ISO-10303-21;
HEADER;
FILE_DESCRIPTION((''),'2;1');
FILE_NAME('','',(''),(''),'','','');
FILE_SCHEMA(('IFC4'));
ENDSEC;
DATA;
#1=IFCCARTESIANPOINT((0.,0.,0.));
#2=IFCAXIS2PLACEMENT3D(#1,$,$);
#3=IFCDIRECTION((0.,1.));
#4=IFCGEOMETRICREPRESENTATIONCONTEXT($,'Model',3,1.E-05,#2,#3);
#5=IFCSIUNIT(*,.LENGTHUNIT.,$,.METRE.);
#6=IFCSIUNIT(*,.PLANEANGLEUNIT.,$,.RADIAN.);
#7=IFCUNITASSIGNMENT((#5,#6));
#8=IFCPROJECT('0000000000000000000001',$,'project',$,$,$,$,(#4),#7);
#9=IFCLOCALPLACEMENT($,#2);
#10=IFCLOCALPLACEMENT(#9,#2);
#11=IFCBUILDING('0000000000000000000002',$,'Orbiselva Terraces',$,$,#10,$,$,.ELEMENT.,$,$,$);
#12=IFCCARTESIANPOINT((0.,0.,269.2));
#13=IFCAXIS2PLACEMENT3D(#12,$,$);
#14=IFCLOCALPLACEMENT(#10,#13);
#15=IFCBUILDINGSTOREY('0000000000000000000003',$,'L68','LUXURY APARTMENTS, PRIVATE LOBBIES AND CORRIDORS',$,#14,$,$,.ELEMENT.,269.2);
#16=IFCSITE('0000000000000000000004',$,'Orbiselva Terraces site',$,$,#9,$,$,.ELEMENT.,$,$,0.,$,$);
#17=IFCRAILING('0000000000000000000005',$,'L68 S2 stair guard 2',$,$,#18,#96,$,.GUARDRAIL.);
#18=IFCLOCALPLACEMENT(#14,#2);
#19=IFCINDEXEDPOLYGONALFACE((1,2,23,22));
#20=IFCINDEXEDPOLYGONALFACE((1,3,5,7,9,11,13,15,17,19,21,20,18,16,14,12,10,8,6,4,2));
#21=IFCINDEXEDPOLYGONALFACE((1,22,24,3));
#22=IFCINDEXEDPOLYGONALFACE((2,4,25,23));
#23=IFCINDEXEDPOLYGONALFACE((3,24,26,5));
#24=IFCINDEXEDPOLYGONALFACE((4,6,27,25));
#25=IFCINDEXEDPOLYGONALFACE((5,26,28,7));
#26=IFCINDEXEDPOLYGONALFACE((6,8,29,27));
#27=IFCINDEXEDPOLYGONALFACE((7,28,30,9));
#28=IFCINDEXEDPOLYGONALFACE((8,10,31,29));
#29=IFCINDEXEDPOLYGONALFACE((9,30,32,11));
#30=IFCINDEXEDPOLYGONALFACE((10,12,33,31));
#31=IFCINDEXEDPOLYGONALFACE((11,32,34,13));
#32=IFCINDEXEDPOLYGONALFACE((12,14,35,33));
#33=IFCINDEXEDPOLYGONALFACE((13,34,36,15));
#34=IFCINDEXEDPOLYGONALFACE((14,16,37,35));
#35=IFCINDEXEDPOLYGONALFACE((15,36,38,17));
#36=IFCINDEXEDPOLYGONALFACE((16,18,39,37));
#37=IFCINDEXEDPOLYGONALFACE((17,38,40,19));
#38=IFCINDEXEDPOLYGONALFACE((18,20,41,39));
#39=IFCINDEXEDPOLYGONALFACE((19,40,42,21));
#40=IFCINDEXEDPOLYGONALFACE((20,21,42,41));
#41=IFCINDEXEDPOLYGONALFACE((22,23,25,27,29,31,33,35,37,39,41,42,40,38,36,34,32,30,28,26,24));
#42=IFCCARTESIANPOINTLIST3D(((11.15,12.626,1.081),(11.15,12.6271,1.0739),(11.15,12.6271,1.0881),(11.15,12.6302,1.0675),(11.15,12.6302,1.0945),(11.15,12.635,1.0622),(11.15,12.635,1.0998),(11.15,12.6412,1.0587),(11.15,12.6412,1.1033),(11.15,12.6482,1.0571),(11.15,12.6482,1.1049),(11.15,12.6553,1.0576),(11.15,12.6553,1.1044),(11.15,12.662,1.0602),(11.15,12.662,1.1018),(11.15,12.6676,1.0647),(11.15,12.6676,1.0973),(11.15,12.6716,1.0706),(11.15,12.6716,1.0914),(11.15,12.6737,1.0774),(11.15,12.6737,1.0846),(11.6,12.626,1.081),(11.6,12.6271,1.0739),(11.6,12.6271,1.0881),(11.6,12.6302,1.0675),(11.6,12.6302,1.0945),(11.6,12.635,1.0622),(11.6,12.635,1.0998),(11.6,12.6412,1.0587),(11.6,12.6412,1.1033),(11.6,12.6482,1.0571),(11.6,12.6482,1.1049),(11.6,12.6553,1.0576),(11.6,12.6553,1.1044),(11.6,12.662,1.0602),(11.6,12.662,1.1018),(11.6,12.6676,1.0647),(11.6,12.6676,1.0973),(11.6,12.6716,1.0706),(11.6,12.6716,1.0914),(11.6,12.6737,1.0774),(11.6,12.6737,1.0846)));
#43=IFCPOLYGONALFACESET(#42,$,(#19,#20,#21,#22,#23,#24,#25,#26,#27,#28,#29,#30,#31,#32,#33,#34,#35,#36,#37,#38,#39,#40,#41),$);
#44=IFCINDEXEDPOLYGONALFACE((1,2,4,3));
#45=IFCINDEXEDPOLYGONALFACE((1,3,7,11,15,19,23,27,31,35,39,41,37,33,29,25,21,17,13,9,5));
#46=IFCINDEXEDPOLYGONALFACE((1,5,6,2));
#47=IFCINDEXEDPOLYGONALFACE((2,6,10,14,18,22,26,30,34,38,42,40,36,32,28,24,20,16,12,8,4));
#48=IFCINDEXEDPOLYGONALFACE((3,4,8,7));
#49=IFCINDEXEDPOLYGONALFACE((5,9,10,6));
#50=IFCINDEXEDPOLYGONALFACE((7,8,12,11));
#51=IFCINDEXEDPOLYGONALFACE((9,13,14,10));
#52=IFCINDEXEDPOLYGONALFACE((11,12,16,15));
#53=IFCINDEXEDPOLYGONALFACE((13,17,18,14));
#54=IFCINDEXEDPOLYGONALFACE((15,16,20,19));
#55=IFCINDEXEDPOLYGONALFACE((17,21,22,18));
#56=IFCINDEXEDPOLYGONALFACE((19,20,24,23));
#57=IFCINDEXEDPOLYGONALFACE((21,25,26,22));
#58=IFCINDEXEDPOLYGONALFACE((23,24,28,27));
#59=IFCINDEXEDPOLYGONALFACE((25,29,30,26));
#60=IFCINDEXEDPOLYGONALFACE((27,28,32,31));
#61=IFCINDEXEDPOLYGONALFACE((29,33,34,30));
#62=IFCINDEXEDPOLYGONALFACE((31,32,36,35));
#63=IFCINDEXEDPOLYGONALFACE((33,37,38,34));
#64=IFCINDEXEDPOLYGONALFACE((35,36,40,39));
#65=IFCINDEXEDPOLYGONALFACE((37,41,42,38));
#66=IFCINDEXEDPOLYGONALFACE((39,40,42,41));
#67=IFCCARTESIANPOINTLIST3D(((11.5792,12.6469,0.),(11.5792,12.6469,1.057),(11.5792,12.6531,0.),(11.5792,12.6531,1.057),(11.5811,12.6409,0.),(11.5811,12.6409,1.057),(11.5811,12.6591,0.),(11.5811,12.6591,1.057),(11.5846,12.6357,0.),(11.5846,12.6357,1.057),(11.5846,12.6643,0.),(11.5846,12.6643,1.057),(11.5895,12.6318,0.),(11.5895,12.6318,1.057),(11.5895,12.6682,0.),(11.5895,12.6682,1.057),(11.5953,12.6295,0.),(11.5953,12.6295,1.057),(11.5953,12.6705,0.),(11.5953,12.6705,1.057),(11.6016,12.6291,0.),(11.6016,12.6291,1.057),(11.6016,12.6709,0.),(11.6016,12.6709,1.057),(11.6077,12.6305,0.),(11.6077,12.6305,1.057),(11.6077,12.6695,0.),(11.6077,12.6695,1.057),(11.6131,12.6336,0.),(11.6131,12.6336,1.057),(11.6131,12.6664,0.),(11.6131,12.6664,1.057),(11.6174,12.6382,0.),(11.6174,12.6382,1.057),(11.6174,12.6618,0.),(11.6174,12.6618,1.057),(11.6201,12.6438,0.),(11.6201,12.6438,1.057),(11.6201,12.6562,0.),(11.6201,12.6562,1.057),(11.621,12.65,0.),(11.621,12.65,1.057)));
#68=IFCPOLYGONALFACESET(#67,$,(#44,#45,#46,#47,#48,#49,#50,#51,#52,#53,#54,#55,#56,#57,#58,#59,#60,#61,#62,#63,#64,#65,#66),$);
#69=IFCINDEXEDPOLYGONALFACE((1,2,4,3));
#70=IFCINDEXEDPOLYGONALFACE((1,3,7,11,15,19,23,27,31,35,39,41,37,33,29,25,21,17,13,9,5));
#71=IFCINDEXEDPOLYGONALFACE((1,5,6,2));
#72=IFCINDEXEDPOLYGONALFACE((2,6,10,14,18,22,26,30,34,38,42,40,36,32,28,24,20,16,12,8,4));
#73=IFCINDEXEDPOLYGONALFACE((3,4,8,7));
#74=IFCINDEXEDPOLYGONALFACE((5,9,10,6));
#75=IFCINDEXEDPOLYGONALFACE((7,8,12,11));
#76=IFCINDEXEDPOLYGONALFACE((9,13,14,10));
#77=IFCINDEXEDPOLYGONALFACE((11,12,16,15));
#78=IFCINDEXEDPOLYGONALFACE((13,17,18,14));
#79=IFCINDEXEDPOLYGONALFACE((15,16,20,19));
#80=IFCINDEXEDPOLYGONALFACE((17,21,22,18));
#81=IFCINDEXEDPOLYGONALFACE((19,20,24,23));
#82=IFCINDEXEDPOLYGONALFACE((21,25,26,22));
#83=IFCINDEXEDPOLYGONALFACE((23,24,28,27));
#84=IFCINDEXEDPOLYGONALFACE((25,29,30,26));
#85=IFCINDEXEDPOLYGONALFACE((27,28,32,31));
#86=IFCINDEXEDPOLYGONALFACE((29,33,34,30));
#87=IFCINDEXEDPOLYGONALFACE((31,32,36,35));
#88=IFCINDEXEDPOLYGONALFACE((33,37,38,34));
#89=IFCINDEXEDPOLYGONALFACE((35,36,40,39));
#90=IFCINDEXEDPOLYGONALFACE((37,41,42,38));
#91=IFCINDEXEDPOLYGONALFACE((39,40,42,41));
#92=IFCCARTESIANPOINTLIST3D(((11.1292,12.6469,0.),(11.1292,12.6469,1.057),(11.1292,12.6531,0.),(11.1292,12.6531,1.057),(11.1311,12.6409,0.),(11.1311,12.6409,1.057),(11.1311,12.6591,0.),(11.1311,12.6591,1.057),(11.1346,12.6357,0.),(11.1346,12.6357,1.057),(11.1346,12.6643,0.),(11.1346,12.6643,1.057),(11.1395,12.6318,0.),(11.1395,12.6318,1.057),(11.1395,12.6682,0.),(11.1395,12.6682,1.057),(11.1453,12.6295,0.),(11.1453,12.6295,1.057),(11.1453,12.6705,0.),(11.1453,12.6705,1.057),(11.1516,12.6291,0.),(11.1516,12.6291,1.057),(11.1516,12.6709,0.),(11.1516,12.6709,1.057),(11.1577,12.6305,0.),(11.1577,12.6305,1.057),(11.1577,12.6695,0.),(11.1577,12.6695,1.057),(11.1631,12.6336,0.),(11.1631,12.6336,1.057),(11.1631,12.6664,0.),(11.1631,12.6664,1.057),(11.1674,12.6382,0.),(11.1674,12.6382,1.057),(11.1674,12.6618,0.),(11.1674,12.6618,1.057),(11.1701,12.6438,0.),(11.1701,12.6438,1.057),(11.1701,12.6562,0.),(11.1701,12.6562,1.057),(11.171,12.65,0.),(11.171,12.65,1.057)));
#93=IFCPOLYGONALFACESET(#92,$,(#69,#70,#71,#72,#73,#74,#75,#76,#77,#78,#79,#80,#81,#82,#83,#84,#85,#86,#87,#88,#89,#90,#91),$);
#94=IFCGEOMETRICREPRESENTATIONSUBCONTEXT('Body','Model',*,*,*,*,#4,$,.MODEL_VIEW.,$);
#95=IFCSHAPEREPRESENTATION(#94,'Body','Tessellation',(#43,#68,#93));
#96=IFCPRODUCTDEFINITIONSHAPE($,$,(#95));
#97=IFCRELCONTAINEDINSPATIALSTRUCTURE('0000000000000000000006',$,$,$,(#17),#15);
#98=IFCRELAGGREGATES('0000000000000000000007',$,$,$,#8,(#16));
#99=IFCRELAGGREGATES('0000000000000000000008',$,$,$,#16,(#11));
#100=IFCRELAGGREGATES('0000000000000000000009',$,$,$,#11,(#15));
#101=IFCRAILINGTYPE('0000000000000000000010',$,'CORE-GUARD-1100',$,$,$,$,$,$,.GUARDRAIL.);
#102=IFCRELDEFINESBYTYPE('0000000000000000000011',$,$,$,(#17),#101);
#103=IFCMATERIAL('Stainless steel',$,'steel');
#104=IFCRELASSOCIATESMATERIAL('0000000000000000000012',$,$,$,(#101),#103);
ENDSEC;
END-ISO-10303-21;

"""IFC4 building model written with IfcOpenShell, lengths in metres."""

from ifc_helpers import new_model, si_unit, direction, frame, origin, origin_2d, place, context, subcontext, project, spatial, circle, extrude, material, type_object, element, save


model = new_model("IFC4")

# Units and contexts
model_context = context("Model", 3, precision=1e-05, world=origin(), true_north=direction((0.0, 1.0)))
body_context = subcontext(model_context, "Body", "Model", "MODEL_VIEW")
ifc_project = project(units=[si_unit("LENGTHUNIT", "METRE"), si_unit("PLANEANGLEUNIT", "RADIAN")], contexts=[model_context])

# Site, building, storey
site_placement = place(None, origin())
site = spatial("IfcSite", under=ifc_project, at=site_placement, Name="Orbiselva Terraces site", CompositionType="ELEMENT", RefElevation=0.0)
building_placement = place(site_placement, origin())
building = spatial("IfcBuilding", under=site, at=building_placement, Name="Orbiselva Terraces", CompositionType="ELEMENT")
storey_placement = place(building_placement, frame((0.0, 0.0, 269.2)))
storey = spatial("IfcBuildingStorey", under=building, at=storey_placement, Name="L68", Description="LUXURY APARTMENTS, PRIVATE LOBBIES AND CORRIDORS", CompositionType="ELEMENT", Elevation=269.2)

# Railing
ifc_material_1 = material(Name="Stainless steel", Category="steel")
railing_type_1 = type_object("IfcRailingType", Name="CORE-GUARD-1100", PredefinedType="GUARDRAIL", material=ifc_material_1)
railing_1_placement = place(storey_placement, frame((11.6, 12.65, 0.0)))
element("IfcRailing", 1, at=railing_1_placement, inside=storey, type_object=railing_type_1, Name="L68 S2 stair guard 2", PredefinedType="GUARDRAIL", context=body_context, shape_type="SweptSolid", body=[
    extrude(circle(Radius=0.024, at=origin_2d()), frame((0.0, 0.0, 1.081), z_axis=(-1.0, 0.0, 0.0), x_axis=(0.0, -1.0, 0.0)), (0.0, 0.0, 1.0), 0.45),
    extrude(circle(Radius=0.021, at=origin_2d()), origin(), (0.0, 0.0, 1.0), 1.057),
    extrude(circle(Radius=0.021, at=origin_2d()), frame((-0.45, 0.0, 0.0)), (0.0, 0.0, 1.0), 1.057),
])

save(model, "model.ifc")
